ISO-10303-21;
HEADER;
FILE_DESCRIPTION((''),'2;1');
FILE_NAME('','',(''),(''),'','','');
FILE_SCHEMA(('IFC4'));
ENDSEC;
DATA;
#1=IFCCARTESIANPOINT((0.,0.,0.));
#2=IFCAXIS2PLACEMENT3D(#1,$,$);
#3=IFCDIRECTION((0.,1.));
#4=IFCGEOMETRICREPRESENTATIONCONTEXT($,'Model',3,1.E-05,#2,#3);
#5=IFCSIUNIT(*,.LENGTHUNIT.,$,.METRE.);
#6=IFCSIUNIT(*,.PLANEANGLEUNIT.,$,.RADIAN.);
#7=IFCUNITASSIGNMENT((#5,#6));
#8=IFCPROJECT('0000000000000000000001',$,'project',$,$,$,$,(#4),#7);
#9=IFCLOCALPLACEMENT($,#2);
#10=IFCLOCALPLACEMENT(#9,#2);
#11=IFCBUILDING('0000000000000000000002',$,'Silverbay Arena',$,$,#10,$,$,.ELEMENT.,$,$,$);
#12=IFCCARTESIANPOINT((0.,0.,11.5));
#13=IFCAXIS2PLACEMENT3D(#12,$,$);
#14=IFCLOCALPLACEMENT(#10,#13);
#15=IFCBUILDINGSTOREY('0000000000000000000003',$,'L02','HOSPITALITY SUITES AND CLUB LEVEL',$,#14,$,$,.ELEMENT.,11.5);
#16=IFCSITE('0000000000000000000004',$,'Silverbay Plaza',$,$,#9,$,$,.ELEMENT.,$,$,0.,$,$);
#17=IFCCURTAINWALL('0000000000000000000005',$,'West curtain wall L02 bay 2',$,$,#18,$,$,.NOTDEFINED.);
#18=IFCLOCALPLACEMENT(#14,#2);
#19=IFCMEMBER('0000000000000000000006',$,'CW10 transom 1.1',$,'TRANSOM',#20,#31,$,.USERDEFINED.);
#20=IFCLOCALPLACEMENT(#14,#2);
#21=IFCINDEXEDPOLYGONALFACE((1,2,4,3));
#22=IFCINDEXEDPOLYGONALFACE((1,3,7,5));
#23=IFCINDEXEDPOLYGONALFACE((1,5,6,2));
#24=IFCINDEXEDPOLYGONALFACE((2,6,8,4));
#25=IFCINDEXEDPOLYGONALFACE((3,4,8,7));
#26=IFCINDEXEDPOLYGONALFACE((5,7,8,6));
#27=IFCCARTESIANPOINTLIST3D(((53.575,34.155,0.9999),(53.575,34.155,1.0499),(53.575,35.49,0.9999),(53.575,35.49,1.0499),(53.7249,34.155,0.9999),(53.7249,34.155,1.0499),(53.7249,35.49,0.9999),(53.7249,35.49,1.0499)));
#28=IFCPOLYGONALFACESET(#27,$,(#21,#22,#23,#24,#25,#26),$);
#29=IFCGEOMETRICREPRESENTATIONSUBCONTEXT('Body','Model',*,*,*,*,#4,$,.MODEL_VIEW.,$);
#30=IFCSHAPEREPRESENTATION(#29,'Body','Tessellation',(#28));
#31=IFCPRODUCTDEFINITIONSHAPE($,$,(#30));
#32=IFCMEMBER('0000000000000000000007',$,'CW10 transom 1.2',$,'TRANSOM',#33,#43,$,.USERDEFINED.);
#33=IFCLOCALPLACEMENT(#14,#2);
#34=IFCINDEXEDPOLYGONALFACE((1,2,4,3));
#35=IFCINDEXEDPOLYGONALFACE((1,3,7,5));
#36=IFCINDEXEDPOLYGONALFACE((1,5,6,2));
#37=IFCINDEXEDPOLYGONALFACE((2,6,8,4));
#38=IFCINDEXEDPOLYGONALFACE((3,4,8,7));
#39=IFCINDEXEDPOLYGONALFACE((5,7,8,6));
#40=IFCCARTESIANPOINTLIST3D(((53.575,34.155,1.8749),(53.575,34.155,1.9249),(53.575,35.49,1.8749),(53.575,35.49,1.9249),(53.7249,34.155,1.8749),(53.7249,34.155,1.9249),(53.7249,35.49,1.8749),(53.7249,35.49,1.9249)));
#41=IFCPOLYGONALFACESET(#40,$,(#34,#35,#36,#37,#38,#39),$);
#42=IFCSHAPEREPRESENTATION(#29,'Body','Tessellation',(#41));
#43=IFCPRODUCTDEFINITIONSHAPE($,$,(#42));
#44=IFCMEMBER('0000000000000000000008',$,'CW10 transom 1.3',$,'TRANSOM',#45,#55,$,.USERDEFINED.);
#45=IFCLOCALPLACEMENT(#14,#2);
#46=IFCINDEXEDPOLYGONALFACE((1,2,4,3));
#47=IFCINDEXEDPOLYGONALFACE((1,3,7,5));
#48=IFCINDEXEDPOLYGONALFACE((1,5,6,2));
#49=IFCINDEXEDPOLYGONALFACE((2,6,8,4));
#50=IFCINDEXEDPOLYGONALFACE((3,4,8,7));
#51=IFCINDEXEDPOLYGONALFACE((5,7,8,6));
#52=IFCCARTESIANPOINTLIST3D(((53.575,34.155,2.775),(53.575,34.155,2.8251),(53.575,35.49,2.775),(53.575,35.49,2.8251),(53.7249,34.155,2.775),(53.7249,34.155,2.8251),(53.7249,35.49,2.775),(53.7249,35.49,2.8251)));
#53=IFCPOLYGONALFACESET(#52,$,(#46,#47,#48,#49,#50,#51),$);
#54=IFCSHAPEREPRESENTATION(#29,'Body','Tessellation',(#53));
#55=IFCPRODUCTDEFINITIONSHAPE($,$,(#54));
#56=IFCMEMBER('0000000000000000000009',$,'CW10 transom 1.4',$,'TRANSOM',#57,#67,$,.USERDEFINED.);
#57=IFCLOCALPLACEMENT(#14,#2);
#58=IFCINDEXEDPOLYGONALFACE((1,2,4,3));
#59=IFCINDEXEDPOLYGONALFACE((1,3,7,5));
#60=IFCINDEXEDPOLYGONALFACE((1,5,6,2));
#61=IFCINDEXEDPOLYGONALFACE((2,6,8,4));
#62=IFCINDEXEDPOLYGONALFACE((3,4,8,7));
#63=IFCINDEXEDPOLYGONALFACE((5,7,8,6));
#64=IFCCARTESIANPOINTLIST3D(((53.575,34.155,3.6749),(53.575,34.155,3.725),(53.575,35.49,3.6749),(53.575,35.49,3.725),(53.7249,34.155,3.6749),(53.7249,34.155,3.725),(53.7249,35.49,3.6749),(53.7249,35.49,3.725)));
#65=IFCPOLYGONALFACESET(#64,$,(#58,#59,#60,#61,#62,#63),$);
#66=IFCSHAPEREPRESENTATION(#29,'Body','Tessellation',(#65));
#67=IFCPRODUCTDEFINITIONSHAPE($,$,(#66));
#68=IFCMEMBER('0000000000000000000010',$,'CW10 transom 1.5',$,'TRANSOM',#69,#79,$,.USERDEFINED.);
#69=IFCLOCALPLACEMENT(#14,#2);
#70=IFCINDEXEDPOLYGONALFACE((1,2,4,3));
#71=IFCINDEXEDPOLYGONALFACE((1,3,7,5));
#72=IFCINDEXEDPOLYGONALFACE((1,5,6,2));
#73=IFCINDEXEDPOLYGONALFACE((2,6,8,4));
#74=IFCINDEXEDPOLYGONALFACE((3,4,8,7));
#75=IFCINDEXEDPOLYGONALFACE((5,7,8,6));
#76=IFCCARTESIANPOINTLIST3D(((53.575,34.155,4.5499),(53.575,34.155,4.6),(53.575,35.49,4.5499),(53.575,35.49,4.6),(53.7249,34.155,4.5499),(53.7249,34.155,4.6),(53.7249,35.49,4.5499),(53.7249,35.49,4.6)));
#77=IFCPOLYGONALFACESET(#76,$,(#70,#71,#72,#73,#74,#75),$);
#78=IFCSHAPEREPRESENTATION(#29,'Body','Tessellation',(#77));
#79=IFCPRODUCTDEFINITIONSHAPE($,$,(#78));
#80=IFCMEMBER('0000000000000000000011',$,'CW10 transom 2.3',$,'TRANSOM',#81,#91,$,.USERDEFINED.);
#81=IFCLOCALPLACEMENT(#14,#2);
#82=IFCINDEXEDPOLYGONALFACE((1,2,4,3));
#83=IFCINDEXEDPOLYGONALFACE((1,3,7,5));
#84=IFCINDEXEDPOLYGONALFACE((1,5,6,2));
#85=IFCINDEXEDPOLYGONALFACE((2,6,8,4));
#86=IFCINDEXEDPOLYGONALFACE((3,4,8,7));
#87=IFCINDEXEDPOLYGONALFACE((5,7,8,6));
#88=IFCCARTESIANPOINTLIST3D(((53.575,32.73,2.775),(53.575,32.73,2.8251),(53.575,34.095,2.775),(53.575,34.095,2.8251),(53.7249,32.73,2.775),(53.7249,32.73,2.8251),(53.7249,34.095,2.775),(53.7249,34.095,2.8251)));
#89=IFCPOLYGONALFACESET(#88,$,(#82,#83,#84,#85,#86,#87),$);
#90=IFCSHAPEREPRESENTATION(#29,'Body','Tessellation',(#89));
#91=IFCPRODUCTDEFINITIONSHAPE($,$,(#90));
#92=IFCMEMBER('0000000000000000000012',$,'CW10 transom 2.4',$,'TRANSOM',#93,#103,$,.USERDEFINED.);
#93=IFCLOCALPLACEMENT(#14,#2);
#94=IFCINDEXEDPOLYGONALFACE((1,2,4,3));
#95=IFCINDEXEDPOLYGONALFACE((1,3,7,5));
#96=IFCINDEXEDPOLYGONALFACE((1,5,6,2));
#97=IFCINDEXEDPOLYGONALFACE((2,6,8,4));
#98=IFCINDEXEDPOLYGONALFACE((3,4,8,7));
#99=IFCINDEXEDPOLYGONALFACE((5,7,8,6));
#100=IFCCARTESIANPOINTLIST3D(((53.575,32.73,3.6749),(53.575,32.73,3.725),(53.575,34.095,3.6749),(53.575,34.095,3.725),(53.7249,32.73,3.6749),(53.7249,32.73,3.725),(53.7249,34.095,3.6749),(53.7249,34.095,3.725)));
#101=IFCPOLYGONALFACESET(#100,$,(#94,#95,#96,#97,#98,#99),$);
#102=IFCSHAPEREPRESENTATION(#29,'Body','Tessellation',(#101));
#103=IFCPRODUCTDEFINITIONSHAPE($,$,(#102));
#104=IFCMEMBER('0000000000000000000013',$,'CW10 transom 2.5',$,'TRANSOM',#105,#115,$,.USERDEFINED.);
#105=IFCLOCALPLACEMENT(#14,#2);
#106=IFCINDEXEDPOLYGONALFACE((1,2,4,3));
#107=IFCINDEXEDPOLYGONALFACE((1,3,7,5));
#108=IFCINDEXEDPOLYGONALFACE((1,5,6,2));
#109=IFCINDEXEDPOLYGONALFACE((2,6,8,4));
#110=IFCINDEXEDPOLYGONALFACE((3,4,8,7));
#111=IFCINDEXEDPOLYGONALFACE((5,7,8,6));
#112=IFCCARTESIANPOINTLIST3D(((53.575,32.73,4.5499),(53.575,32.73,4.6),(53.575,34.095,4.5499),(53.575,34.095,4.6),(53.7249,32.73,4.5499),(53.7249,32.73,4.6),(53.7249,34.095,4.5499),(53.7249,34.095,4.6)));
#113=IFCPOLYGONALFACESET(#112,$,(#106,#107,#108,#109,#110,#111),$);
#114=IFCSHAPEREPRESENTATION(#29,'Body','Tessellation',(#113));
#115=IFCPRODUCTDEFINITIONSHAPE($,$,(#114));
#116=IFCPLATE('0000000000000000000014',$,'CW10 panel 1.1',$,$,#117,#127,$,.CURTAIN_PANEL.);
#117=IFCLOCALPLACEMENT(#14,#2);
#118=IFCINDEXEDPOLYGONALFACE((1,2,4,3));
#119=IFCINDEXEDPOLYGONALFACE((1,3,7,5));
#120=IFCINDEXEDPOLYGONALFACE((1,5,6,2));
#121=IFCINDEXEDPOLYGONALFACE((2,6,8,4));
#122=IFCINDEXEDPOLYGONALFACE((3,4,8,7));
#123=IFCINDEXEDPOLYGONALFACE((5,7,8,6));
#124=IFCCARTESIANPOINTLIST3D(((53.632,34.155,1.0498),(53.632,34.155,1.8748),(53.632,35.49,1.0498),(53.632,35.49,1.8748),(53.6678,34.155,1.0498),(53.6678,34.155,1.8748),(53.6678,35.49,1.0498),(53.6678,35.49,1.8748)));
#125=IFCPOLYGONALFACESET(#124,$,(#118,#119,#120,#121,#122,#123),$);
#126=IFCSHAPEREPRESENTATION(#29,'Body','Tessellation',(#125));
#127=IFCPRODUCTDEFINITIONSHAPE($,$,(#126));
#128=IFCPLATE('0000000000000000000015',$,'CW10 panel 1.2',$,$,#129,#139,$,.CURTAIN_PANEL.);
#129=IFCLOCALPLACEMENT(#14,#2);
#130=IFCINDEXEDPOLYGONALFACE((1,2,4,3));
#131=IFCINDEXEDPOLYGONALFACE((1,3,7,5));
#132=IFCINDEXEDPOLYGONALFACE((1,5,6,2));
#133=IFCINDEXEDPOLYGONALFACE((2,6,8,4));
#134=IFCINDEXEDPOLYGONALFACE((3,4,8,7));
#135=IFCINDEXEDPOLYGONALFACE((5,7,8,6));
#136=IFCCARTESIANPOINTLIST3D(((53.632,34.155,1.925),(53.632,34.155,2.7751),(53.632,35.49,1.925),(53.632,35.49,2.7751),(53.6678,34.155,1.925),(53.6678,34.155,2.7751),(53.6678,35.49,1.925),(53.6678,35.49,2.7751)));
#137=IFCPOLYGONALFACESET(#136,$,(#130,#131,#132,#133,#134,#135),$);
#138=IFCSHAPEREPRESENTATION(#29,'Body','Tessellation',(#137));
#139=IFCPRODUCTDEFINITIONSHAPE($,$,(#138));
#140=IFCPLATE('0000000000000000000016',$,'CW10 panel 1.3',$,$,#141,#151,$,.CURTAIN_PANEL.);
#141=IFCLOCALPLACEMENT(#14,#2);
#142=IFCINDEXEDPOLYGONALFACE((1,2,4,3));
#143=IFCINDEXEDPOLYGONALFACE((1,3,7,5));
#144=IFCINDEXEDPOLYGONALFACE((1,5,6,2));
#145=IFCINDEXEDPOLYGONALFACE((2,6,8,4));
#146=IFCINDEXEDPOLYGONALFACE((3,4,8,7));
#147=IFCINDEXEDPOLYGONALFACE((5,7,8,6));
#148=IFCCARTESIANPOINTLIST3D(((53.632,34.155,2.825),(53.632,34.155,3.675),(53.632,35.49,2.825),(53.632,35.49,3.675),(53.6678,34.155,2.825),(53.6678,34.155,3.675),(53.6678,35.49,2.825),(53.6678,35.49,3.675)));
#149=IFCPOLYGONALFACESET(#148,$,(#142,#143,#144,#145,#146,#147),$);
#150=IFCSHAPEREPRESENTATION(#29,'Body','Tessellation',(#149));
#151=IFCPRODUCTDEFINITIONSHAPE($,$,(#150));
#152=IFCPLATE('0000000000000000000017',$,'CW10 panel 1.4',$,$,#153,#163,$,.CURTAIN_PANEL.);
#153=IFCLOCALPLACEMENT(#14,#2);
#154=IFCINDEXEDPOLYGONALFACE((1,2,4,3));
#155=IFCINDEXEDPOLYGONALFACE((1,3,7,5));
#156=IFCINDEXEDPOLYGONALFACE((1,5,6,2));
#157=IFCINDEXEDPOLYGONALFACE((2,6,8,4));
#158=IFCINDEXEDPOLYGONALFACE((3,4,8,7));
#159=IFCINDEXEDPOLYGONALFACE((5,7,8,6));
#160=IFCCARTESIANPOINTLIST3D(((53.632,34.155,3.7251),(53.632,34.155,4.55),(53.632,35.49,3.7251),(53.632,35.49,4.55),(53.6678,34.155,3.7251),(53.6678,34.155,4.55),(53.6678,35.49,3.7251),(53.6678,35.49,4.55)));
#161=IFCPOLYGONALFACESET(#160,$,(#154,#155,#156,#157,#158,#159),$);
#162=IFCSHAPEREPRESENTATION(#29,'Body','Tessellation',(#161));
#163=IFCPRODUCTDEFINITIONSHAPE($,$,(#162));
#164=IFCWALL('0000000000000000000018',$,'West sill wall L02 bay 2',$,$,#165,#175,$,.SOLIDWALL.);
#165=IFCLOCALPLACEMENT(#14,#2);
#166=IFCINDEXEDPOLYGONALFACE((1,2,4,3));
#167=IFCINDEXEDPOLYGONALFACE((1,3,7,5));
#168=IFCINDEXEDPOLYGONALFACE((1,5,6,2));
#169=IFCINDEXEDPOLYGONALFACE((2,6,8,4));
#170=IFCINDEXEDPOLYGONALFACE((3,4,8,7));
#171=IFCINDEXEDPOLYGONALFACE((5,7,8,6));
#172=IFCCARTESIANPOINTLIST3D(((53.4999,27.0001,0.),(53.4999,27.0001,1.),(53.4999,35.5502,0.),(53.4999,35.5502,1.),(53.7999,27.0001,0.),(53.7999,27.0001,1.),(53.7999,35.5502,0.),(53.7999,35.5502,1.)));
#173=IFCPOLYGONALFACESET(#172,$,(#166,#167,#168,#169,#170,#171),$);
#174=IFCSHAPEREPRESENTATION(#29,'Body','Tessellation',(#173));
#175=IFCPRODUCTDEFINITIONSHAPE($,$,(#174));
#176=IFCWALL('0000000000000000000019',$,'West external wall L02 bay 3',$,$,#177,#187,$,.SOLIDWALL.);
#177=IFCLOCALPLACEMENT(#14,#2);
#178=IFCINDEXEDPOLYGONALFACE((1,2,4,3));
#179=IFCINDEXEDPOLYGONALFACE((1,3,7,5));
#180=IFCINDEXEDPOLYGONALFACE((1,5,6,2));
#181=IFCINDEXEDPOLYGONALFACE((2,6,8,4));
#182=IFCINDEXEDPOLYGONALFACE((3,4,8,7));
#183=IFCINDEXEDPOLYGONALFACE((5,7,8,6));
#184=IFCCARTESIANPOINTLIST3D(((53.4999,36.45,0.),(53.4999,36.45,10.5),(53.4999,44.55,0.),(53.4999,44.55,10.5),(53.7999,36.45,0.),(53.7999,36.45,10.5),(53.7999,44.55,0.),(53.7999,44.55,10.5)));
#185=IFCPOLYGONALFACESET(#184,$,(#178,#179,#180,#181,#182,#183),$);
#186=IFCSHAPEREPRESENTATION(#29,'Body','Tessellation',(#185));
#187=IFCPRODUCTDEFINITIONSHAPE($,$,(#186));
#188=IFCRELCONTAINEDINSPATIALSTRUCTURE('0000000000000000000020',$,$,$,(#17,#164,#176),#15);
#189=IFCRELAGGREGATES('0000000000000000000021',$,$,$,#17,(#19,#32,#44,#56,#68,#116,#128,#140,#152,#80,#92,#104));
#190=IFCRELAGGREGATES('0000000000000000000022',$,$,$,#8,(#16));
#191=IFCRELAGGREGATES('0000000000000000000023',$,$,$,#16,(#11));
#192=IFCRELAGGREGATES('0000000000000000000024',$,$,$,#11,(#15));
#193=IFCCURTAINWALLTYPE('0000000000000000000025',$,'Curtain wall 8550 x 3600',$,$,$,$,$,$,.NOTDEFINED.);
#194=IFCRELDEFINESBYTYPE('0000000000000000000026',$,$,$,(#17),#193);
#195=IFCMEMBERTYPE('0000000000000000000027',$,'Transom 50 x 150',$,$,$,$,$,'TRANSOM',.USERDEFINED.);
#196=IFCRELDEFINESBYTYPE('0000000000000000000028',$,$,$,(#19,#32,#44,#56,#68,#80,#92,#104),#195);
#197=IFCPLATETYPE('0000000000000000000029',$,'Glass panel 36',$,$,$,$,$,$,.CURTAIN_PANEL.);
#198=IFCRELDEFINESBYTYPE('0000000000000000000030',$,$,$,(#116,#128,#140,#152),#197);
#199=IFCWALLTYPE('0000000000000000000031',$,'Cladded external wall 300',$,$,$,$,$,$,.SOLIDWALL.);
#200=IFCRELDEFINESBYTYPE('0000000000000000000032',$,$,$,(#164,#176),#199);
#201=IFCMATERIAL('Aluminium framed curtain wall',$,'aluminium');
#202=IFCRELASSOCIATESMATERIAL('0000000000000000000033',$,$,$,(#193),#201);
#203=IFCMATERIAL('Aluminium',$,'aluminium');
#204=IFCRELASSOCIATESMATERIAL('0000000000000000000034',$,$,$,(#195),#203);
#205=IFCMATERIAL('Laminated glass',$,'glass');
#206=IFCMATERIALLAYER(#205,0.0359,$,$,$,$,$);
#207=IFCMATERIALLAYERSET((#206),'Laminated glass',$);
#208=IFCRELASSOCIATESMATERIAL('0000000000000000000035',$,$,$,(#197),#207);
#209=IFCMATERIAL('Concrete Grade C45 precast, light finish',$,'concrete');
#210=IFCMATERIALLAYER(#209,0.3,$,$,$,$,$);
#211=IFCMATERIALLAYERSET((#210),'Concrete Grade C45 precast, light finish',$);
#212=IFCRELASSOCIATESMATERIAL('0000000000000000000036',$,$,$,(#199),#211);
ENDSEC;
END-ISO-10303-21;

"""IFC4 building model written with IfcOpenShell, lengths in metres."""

from ifc_helpers import new_model, si_unit, direction, frame, frame_2d, origin, origin_2d, place, context, subcontext, project, spatial, rectangle, extrude, material, layer, layer_set, material_profile, profile_set, type_object, element, aggregate, save


model = new_model("IFC4")

# Units and contexts
model_context = context("Model", 3, precision=1e-05, world=origin(), true_north=direction((0.0, 1.0)))
body_context = subcontext(model_context, "Body", "Model", "MODEL_VIEW")
ifc_project = project(units=[si_unit("LENGTHUNIT", "METRE"), si_unit("PLANEANGLEUNIT", "RADIAN")], contexts=[model_context])

# Site, building, storey
site_placement = place(None, origin())
site = spatial("IfcSite", under=ifc_project, at=site_placement, Name="Silverbay Plaza", CompositionType="ELEMENT", RefElevation=0.0)
building_placement = place(site_placement, origin())
building = spatial("IfcBuilding", under=site, at=building_placement, Name="Silverbay Arena", CompositionType="ELEMENT")
storey_placement = place(building_placement, frame((0.0, 0.0, 11.5)))
storey = spatial("IfcBuildingStorey", under=building, at=storey_placement, Name="L02", Description="HOSPITALITY SUITES AND CLUB LEVEL", CompositionType="ELEMENT", Elevation=11.5)

# Curtain wall
ifc_material_1 = material(Name="Aluminium framed curtain wall", Category="aluminium")
curtain_wall_type = type_object("IfcCurtainWallType", Name="Curtain wall 8550 x 3600", PredefinedType="NOTDEFINED", material=ifc_material_1)
curtain_wall_placement = place(storey_placement, origin())
curtain_wall = element("IfcCurtainWall", 1, at=curtain_wall_placement, inside=storey, type_object=curtain_wall_type, Name="West curtain wall L02 bay 2", PredefinedType="NOTDEFINED")

# Members
ifc_material_2 = material(Name="Aluminium", Category="aluminium")
ifc_material_profile_1 = material_profile(ifc_material_2, rectangle(XDim=0.1499, YDim=0.05, at=origin_2d()), Name="Transom 50 x 150")
ifc_profile_set_1 = profile_set([ifc_material_profile_1], Name="Aluminium")
member_type_1 = type_object("IfcMemberType", Name="Transom 50 x 150", ElementType="TRANSOM", PredefinedType="USERDEFINED", material=ifc_profile_set_1)
member_1_placement = place(storey_placement, frame((53.6499, 35.49, 1.0249), z_axis=(0.0, -1.0, 0.0), x_axis=(1.0, 0.0, 0.0)))
member_1 = element("IfcMember", 2, at=member_1_placement, type_object=member_type_1, Name="CW10 transom 1.1", ObjectType="TRANSOM", PredefinedType="USERDEFINED", context=body_context, shape_type="SweptSolid", body=[
    extrude(rectangle(XDim=0.1499, YDim=0.05, at=origin_2d()), origin(), (0.0, 0.0, 1.0), 1.335),
])
member_2_placement = place(storey_placement, frame((53.6499, 35.49, 1.8999), z_axis=(0.0, -1.0, 0.0), x_axis=(1.0, 0.0, 0.0)))
member_2 = element("IfcMember", 3, at=member_2_placement, type_object=member_type_1, Name="CW10 transom 1.2", ObjectType="TRANSOM", PredefinedType="USERDEFINED", context=body_context, shape_type="SweptSolid", body=[
    extrude(rectangle(XDim=0.1499, YDim=0.05, at=origin_2d()), origin(), (0.0, 0.0, 1.0), 1.335),
])
member_3_placement = place(storey_placement, frame((53.6499, 35.49, 2.8), z_axis=(0.0, -1.0, 0.0), x_axis=(1.0, 0.0, 0.0)))
member_3 = element("IfcMember", 4, at=member_3_placement, type_object=member_type_1, Name="CW10 transom 1.3", ObjectType="TRANSOM", PredefinedType="USERDEFINED", context=body_context, shape_type="SweptSolid", body=[
    extrude(rectangle(XDim=0.1499, YDim=0.05, at=origin_2d()), origin(), (0.0, 0.0, 1.0), 1.335),
])
member_4_placement = place(storey_placement, frame((53.6499, 35.49, 3.7), z_axis=(0.0, -1.0, 0.0), x_axis=(1.0, 0.0, 0.0)))
member_4 = element("IfcMember", 5, at=member_4_placement, type_object=member_type_1, Name="CW10 transom 1.4", ObjectType="TRANSOM", PredefinedType="USERDEFINED", context=body_context, shape_type="SweptSolid", body=[
    extrude(rectangle(XDim=0.1499, YDim=0.05, at=origin_2d()), origin(), (0.0, 0.0, 1.0), 1.335),
])
member_5_placement = place(storey_placement, frame((53.6499, 35.49, 4.575), z_axis=(0.0, -1.0, 0.0), x_axis=(1.0, 0.0, 0.0)))
member_5 = element("IfcMember", 6, at=member_5_placement, type_object=member_type_1, Name="CW10 transom 1.5", ObjectType="TRANSOM", PredefinedType="USERDEFINED", context=body_context, shape_type="SweptSolid", body=[
    extrude(rectangle(XDim=0.1499, YDim=0.05, at=origin_2d()), origin(), (0.0, 0.0, 1.0), 1.335),
])
member_6_placement = place(storey_placement, frame((53.6499, 34.095, 2.8), z_axis=(0.0, -1.0, 0.0), x_axis=(1.0, 0.0, 0.0)))
member_6 = element("IfcMember", 7, at=member_6_placement, type_object=member_type_1, Name="CW10 transom 2.3", ObjectType="TRANSOM", PredefinedType="USERDEFINED", context=body_context, shape_type="SweptSolid", body=[
    extrude(rectangle(XDim=0.1499, YDim=0.05, at=origin_2d()), origin(), (0.0, 0.0, 1.0), 1.365),
])
member_7_placement = place(storey_placement, frame((53.6499, 34.095, 3.7), z_axis=(0.0, -1.0, 0.0), x_axis=(1.0, 0.0, 0.0)))
member_7 = element("IfcMember", 8, at=member_7_placement, type_object=member_type_1, Name="CW10 transom 2.4", ObjectType="TRANSOM", PredefinedType="USERDEFINED", context=body_context, shape_type="SweptSolid", body=[
    extrude(rectangle(XDim=0.1499, YDim=0.05, at=origin_2d()), origin(), (0.0, 0.0, 1.0), 1.365),
])
member_8_placement = place(storey_placement, frame((53.6499, 34.095, 4.575), z_axis=(0.0, -1.0, 0.0), x_axis=(1.0, 0.0, 0.0)))
member_8 = element("IfcMember", 9, at=member_8_placement, type_object=member_type_1, Name="CW10 transom 2.5", ObjectType="TRANSOM", PredefinedType="USERDEFINED", context=body_context, shape_type="SweptSolid", body=[
    extrude(rectangle(XDim=0.1499, YDim=0.05, at=origin_2d()), origin(), (0.0, 0.0, 1.0), 1.365),
])

# Plates
ifc_material_3 = material(Name="Laminated glass", Category="glass")
ifc_layer_1 = layer(ifc_material_3, 0.0359)
ifc_layer_set_1 = layer_set([ifc_layer_1], Name="Laminated glass")
plate_type = type_object("IfcPlateType", Name="Glass panel 36", PredefinedType="CURTAIN_PANEL", material=ifc_layer_set_1)
plate_1_placement = place(storey_placement, frame((53.6499, 34.8225, 1.0498), z_axis=(0.0, 0.0, 1.0), x_axis=(0.0, -1.0, 0.0)))
plate_1 = element("IfcPlate", 10, at=plate_1_placement, type_object=plate_type, Name="CW10 panel 1.1", PredefinedType="CURTAIN_PANEL", context=body_context, shape_type="SweptSolid", body=[
    extrude(rectangle(XDim=1.335, YDim=0.0359, at=origin_2d()), origin(), (0.0, 0.0, 1.0), 0.825),
])
plate_2_placement = place(storey_placement, frame((53.6499, 34.8225, 1.925), z_axis=(0.0, 0.0, 1.0), x_axis=(0.0, -1.0, 0.0)))
plate_2 = element("IfcPlate", 11, at=plate_2_placement, type_object=plate_type, Name="CW10 panel 1.2", PredefinedType="CURTAIN_PANEL", context=body_context, shape_type="SweptSolid", body=[
    extrude(rectangle(XDim=1.335, YDim=0.0359, at=origin_2d()), origin(), (0.0, 0.0, 1.0), 0.8501),
])
plate_3_placement = place(storey_placement, frame((53.6499, 34.8225, 2.825), z_axis=(0.0, 0.0, 1.0), x_axis=(0.0, -1.0, 0.0)))
plate_3 = element("IfcPlate", 12, at=plate_3_placement, type_object=plate_type, Name="CW10 panel 1.3", PredefinedType="CURTAIN_PANEL", context=body_context, shape_type="SweptSolid", body=[
    extrude(rectangle(XDim=1.335, YDim=0.0359, at=origin_2d()), origin(), (0.0, 0.0, 1.0), 0.8501),
])
plate_4_placement = place(storey_placement, frame((53.6499, 34.8225, 3.7251), z_axis=(0.0, 0.0, 1.0), x_axis=(0.0, -1.0, 0.0)))
plate_4 = element("IfcPlate", 13, at=plate_4_placement, type_object=plate_type, Name="CW10 panel 1.4", PredefinedType="CURTAIN_PANEL", context=body_context, shape_type="SweptSolid", body=[
    extrude(rectangle(XDim=1.335, YDim=0.0359, at=origin_2d()), origin(), (0.0, 0.0, 1.0), 0.825),
])
aggregate(curtain_wall, [member_1, member_2, member_3, member_4, member_5, plate_1, plate_2, plate_3, plate_4, member_6, member_7, member_8])

# Walls
ifc_material_4 = material(Name="Concrete Grade C45 precast, light finish", Category="concrete")
ifc_layer_2 = layer(ifc_material_4, 0.3)
ifc_layer_set_2 = layer_set([ifc_layer_2], Name="Concrete Grade C45 precast, light finish")
wall_type_1 = type_object("IfcWallType", Name="Cladded external wall 300", PredefinedType="SOLIDWALL", material=ifc_layer_set_2)
wall_1_placement = place(storey_placement, frame((53.6499, 35.55, 0.0), z_axis=(0.0, 0.0, 1.0), x_axis=(0.0, -1.0, 0.0)))
element("IfcWall", 14, at=wall_1_placement, inside=storey, type_object=wall_type_1, Name="West sill wall L02 bay 2", PredefinedType="SOLIDWALL", context=body_context, shape_type="SweptSolid", body=[
    extrude(rectangle(XDim=8.55, YDim=0.3, at=frame_2d((4.2749, 0.0))), origin(), (0.0, 0.0, 1.0), 1.0),
])
wall_2_placement = place(storey_placement, frame((53.6499, 44.55, 0.0), z_axis=(0.0, 0.0, 1.0), x_axis=(0.0, -1.0, 0.0)))
element("IfcWall", 15, at=wall_2_placement, inside=storey, type_object=wall_type_1, Name="West external wall L02 bay 3", PredefinedType="SOLIDWALL", context=body_context, shape_type="SweptSolid", body=[
    extrude(rectangle(XDim=8.1001, YDim=0.3, at=frame_2d((4.05, 0.0))), origin(), (0.0, 0.0, 1.0), 10.5),
])

save(model, "model.ifc")
